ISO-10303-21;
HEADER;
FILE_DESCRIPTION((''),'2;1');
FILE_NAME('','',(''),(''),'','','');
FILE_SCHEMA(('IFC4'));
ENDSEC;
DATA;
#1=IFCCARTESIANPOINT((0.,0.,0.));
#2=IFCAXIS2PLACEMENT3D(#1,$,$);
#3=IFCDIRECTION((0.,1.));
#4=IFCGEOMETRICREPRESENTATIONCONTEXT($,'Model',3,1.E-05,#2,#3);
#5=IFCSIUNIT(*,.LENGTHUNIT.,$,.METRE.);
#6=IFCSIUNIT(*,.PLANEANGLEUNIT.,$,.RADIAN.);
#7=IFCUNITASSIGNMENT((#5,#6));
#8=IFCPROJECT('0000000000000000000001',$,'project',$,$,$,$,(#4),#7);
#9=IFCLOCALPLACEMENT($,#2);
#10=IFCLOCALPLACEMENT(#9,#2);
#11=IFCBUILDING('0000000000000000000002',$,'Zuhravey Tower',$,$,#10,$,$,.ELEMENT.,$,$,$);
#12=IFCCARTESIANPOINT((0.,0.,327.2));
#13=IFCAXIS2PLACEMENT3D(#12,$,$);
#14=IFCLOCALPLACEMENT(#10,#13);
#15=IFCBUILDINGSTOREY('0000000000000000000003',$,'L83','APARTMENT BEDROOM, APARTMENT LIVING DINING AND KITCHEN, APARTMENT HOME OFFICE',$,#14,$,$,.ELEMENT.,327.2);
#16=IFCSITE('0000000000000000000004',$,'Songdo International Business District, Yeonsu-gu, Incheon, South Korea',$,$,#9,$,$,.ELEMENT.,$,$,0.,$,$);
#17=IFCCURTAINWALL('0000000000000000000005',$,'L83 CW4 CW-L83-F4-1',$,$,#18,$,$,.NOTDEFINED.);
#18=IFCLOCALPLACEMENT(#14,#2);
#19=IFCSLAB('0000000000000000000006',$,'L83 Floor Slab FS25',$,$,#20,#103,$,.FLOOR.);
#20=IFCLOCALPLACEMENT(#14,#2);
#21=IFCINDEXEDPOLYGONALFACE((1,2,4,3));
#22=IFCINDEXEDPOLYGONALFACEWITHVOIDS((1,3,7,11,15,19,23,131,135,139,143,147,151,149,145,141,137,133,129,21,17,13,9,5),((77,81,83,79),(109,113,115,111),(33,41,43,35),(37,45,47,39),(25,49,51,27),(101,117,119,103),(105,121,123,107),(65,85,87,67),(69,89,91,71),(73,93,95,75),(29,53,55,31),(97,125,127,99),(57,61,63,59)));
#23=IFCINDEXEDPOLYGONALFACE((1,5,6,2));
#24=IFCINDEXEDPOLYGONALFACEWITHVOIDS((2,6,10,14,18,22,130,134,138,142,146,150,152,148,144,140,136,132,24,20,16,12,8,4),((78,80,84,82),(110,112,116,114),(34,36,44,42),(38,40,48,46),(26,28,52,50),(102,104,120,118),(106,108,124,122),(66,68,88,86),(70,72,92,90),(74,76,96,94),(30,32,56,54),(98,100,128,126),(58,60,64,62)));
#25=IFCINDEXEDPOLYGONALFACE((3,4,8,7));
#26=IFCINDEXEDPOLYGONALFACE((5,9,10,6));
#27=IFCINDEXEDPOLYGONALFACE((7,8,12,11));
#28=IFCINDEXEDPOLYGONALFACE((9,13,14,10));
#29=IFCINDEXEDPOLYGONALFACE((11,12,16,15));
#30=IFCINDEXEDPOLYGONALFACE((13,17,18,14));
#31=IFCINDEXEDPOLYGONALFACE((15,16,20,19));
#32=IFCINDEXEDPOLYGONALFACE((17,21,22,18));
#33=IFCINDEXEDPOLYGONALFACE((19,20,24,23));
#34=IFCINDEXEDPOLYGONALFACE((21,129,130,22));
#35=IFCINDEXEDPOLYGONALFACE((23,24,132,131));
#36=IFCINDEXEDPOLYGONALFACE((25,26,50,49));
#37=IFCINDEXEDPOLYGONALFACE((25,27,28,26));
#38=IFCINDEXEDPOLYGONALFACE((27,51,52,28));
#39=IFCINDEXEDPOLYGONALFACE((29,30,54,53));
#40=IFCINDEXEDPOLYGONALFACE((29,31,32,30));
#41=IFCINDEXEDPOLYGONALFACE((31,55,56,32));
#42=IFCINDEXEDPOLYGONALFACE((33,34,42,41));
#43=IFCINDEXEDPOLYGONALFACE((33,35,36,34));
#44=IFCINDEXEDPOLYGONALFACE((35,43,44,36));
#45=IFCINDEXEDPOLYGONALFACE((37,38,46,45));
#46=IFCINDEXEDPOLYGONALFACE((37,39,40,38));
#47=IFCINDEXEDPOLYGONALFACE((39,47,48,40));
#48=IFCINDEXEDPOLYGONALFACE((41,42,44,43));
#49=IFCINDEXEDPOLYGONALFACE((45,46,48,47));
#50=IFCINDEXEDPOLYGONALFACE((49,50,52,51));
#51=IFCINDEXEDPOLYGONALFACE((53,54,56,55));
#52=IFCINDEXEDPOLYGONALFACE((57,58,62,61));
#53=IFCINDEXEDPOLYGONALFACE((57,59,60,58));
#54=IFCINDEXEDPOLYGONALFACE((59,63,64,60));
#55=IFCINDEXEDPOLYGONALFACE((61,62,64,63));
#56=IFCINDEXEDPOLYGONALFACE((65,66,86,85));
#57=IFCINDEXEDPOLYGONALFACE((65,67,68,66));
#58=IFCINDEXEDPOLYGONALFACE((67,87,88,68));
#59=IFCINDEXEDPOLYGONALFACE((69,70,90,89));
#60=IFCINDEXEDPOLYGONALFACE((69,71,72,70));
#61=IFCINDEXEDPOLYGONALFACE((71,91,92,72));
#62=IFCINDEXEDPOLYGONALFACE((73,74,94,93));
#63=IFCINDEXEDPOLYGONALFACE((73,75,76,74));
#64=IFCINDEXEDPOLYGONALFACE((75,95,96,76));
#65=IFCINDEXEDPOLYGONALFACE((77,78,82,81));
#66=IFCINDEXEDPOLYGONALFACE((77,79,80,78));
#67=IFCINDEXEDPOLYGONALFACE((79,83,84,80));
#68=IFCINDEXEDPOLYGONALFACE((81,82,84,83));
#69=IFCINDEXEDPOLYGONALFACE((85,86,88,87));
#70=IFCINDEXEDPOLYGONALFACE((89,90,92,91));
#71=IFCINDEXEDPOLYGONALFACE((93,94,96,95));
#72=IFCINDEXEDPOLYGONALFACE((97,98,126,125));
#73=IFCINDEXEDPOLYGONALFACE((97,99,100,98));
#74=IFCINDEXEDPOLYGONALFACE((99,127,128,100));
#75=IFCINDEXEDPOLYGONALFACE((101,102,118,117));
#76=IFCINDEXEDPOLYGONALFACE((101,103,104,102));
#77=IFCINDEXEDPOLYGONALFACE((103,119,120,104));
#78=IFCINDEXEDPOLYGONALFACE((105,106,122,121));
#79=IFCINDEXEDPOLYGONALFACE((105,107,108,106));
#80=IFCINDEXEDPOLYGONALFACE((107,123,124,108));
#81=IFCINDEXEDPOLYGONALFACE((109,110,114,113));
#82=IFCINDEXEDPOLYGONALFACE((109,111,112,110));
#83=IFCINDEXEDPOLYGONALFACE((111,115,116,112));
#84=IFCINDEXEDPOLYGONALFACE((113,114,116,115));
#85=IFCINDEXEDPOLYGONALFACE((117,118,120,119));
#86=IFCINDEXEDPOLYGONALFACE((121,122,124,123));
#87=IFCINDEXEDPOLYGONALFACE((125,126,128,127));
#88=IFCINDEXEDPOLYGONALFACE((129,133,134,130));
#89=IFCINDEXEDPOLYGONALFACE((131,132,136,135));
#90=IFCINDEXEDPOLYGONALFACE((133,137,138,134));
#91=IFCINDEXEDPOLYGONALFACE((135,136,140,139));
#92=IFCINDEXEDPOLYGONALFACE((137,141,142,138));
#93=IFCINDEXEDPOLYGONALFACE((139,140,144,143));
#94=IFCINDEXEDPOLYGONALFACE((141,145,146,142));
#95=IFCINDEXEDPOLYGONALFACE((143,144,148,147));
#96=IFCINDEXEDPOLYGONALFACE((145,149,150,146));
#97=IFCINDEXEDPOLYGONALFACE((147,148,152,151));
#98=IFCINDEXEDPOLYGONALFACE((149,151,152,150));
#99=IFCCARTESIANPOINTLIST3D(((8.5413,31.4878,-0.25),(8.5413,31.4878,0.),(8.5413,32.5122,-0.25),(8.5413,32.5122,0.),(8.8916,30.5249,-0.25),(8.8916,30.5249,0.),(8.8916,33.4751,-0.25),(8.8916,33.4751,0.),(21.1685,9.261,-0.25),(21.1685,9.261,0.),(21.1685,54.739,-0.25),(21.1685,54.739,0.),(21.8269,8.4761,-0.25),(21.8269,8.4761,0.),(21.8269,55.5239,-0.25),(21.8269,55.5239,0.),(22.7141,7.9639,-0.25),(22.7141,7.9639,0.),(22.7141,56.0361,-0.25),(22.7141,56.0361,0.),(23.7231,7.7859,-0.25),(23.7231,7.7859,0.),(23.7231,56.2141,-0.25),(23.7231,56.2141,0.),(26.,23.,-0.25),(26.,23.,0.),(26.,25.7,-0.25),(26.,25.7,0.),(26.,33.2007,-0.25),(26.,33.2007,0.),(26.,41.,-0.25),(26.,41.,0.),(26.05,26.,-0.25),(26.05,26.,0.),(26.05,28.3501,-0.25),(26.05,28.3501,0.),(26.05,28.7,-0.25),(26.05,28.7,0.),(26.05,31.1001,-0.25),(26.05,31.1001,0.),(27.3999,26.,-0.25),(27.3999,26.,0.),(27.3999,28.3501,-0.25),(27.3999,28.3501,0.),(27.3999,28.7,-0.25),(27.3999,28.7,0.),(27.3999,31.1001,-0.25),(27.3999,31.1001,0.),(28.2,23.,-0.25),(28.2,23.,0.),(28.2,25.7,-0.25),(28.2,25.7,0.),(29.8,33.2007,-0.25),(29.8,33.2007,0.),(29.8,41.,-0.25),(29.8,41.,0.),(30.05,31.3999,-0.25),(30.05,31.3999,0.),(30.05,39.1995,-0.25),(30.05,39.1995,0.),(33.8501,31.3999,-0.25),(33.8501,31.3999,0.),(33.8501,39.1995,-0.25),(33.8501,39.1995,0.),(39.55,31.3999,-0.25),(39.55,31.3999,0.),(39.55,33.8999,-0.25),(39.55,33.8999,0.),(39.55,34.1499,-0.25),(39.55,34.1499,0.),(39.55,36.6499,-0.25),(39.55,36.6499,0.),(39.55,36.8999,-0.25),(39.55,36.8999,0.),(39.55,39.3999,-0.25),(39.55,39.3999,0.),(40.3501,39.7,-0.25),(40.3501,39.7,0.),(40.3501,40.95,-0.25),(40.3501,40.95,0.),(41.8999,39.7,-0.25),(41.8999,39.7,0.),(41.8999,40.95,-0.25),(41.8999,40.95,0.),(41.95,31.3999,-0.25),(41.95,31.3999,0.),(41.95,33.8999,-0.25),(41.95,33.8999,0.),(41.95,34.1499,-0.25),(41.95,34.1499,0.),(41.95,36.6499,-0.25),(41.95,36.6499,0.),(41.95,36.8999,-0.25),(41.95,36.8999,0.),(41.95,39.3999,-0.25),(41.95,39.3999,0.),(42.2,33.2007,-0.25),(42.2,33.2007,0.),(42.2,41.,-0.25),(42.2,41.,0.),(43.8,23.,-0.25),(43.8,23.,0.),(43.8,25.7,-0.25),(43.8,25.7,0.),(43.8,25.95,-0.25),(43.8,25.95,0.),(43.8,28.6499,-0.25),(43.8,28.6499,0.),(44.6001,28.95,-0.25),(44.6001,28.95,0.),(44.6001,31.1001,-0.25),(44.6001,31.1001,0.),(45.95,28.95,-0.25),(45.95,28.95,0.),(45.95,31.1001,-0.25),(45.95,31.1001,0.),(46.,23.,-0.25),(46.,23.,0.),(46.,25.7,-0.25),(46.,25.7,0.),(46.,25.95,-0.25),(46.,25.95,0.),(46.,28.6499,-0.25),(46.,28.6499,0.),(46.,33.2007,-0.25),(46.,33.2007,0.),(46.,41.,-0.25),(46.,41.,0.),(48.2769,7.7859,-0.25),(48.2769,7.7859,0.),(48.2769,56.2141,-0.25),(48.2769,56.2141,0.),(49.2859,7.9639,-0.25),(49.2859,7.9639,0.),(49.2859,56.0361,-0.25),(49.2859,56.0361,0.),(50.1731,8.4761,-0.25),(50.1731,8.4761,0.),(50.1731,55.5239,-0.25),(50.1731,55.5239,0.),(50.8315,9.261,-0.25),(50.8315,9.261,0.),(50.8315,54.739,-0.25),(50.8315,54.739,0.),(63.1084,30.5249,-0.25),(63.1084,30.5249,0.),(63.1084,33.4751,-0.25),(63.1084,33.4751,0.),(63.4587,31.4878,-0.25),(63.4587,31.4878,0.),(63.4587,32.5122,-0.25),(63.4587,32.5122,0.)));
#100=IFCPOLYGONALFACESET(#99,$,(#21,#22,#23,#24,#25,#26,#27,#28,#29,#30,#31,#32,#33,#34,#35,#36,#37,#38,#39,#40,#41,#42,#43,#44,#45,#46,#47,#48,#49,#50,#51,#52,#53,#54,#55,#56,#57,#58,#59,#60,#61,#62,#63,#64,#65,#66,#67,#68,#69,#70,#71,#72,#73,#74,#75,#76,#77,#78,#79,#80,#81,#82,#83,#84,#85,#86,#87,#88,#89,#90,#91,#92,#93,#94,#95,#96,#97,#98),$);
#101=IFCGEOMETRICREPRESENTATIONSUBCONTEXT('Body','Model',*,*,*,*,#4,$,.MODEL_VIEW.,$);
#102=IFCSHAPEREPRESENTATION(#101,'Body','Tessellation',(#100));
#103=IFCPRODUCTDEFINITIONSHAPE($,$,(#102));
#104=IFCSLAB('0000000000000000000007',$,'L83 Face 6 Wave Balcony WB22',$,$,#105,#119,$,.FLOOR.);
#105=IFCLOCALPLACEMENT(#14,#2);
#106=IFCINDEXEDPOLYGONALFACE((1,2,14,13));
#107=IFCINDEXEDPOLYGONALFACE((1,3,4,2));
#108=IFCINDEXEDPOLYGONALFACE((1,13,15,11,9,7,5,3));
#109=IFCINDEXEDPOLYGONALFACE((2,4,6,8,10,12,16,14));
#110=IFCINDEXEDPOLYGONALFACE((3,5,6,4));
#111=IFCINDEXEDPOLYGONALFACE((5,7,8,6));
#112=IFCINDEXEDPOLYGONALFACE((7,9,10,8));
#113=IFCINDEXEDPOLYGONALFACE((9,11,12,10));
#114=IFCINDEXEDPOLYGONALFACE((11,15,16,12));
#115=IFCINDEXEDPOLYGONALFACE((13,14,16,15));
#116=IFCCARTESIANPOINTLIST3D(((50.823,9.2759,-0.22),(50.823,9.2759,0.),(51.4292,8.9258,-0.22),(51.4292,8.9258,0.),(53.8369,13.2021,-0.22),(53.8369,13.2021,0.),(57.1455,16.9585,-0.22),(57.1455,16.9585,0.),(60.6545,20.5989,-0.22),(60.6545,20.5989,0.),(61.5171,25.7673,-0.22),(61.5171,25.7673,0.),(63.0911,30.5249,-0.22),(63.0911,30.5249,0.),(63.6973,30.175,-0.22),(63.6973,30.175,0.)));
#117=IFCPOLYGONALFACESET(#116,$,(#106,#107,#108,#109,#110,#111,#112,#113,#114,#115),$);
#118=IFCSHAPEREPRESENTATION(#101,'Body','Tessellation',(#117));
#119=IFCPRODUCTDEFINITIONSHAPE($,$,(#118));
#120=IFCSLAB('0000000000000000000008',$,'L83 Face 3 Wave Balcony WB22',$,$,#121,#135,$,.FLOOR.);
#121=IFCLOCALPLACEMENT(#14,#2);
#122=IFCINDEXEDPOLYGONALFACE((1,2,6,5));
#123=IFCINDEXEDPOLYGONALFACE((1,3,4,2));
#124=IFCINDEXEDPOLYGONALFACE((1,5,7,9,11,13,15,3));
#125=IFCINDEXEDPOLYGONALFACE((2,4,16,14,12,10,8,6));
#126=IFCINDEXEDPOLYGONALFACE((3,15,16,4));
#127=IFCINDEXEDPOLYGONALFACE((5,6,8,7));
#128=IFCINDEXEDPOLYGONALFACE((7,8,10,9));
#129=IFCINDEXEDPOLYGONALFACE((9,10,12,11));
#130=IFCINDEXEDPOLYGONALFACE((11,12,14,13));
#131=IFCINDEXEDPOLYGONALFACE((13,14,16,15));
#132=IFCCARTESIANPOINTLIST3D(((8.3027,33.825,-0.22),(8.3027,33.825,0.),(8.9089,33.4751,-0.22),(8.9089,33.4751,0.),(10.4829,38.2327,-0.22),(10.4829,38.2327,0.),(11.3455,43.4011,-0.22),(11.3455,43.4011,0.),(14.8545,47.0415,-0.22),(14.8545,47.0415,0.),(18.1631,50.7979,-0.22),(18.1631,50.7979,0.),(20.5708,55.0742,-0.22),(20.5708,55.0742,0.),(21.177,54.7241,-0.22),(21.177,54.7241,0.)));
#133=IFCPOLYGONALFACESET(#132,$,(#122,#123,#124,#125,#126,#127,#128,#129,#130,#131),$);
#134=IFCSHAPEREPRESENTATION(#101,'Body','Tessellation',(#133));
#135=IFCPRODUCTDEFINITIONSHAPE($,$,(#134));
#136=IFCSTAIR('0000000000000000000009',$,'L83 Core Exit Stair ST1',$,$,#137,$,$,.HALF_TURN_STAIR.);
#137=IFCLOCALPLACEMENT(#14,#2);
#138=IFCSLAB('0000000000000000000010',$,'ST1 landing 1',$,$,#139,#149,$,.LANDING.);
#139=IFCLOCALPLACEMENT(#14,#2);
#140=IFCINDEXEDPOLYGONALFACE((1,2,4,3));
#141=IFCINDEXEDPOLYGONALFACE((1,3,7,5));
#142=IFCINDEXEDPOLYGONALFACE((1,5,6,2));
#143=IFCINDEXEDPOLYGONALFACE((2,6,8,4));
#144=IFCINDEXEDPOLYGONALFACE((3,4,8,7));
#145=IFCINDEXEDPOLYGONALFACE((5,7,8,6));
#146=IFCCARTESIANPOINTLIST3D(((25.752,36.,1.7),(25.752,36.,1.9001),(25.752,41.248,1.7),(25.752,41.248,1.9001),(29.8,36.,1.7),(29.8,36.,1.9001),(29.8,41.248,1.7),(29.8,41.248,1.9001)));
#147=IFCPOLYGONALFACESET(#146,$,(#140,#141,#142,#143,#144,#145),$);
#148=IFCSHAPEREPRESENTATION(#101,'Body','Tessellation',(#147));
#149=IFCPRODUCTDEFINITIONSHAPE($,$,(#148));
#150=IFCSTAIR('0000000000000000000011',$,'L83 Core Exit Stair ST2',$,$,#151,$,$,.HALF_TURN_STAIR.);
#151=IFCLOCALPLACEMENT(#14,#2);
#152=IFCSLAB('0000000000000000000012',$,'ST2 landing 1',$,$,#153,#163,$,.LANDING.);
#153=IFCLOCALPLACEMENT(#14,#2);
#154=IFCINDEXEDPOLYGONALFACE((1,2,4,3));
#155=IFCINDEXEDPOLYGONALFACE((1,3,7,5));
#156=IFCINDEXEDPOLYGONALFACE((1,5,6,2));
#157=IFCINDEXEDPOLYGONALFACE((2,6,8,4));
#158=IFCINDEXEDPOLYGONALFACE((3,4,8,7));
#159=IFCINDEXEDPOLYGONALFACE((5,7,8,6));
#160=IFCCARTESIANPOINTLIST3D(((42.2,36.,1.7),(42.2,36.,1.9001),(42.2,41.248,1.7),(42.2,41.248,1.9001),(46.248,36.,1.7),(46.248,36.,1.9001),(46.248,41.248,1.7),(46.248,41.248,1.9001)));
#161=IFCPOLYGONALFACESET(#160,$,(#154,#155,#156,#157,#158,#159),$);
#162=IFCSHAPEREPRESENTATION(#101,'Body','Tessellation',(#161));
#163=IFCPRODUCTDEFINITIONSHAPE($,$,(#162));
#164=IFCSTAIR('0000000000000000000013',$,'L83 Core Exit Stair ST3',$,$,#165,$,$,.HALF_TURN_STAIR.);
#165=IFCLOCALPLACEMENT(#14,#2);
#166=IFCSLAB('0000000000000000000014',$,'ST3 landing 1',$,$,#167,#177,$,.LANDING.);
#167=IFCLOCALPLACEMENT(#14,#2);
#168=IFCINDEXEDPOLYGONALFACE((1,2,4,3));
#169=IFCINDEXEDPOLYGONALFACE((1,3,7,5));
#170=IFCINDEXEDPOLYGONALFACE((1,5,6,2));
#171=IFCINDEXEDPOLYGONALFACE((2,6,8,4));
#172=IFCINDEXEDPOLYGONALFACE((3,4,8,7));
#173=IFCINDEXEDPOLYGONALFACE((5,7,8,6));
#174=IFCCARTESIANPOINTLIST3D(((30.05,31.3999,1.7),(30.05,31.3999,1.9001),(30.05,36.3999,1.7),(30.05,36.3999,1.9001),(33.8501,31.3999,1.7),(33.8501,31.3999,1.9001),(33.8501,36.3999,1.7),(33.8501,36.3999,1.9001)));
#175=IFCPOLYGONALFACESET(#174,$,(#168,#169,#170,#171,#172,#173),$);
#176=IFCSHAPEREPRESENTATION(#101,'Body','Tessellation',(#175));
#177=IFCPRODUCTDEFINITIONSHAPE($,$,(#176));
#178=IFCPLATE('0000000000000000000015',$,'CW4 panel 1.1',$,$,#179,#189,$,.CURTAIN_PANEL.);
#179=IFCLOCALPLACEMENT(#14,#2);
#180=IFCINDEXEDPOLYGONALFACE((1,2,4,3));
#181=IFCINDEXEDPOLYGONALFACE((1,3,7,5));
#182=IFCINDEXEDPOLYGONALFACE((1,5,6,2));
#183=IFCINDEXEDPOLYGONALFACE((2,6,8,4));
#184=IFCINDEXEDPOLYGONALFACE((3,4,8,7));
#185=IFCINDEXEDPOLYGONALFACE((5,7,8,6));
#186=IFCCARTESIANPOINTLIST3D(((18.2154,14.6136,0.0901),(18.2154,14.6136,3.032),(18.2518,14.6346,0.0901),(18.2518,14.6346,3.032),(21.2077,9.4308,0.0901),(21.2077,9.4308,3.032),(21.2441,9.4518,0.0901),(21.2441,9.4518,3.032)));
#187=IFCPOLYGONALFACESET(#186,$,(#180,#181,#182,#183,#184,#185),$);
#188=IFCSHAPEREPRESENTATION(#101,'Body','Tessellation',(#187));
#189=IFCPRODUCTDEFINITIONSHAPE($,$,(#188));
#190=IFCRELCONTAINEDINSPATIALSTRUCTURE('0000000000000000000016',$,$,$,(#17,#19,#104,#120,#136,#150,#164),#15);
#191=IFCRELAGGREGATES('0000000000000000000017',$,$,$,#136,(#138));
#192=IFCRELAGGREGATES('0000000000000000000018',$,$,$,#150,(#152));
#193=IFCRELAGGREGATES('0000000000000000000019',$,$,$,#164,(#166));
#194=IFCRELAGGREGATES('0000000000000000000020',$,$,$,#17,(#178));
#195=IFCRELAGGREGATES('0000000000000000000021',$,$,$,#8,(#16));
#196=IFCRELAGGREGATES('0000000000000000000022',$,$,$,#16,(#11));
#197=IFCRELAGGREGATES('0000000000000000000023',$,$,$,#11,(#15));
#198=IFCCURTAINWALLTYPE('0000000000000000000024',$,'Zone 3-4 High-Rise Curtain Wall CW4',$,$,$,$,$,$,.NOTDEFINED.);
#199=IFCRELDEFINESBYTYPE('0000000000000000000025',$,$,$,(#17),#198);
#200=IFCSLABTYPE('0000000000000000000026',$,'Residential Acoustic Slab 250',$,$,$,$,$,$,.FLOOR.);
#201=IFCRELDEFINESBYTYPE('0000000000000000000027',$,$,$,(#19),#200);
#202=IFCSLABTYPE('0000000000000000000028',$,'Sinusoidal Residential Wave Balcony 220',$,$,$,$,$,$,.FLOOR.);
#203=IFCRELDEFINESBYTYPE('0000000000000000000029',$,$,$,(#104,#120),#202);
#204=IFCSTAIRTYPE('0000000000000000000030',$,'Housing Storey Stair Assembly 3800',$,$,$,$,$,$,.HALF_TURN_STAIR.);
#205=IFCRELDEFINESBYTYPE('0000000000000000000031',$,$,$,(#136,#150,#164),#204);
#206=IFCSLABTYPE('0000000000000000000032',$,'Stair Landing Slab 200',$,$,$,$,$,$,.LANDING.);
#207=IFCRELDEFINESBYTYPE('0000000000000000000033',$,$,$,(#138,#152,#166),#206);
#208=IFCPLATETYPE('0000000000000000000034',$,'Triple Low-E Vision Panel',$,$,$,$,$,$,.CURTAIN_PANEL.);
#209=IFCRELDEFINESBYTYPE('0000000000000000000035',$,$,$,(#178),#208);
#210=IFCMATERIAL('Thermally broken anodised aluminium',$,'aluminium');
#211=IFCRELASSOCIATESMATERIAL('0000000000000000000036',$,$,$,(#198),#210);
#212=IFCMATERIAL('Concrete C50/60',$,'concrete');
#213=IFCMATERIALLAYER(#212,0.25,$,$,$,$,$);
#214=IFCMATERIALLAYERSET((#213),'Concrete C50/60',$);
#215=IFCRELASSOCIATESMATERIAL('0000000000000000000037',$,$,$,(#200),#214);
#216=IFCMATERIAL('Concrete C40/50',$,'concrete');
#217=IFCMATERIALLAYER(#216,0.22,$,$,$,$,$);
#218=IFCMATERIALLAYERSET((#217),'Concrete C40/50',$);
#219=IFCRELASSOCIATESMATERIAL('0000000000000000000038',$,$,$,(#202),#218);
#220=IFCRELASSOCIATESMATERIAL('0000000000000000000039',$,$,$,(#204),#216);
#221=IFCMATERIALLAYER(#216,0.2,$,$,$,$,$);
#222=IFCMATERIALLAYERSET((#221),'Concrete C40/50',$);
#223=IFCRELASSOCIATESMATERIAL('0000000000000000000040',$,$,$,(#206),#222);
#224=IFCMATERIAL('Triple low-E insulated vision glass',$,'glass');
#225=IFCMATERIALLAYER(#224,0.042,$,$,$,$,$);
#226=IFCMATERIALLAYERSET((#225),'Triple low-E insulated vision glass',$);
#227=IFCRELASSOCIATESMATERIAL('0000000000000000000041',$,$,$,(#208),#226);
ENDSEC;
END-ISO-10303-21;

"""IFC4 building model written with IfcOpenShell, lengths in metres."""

from ifc_helpers import new_model, si_unit, direction, frame, origin, origin_2d, place, context, subcontext, project, spatial, polyline, rectangle, outline, extrude, material, layer, layer_set, type_object, element, aggregate, save


model = new_model("IFC4")

# Units and contexts
model_context = context("Model", 3, precision=1e-05, world=origin(), true_north=direction((0.0, 1.0)))
body_context = subcontext(model_context, "Body", "Model", "MODEL_VIEW")
ifc_project = project(units=[si_unit("LENGTHUNIT", "METRE"), si_unit("PLANEANGLEUNIT", "RADIAN")], contexts=[model_context])

# Site, building, storey
site_placement = place(None, origin())
site = spatial("IfcSite", under=ifc_project, at=site_placement, Name="Songdo International Business District, Yeonsu-gu, Incheon, South Korea", CompositionType="ELEMENT", RefElevation=0.0)
building_placement = place(site_placement, origin())
building = spatial("IfcBuilding", under=site, at=building_placement, Name="Zuhravey Tower", CompositionType="ELEMENT")
storey_placement = place(building_placement, frame((0.0, 0.0, 327.2)))
storey = spatial("IfcBuildingStorey", under=building, at=storey_placement, Name="L83", Description="APARTMENT BEDROOM, APARTMENT LIVING DINING AND KITCHEN, APARTMENT HOME OFFICE", CompositionType="ELEMENT", Elevation=327.2)

# Shared definitions
ifc_material_1 = material(Name="Concrete C50/60", Category="concrete")

# Curtain wall
ifc_material_2 = material(Name="Thermally broken anodised aluminium", Category="aluminium")
curtain_wall_type = type_object("IfcCurtainWallType", Name="Zone 3-4 High-Rise Curtain Wall CW4", PredefinedType="NOTDEFINED", material=ifc_material_2)
curtain_wall_placement = place(storey_placement, origin())
curtain_wall = element("IfcCurtainWall", 1, at=curtain_wall_placement, inside=storey, type_object=curtain_wall_type, Name="L83 CW4 CW-L83-F4-1", PredefinedType="NOTDEFINED")

# Slabs
ifc_layer_1 = layer(ifc_material_1, 0.25)
ifc_layer_set_1 = layer_set([ifc_layer_1], Name="Concrete C50/60")
slab_type_1 = type_object("IfcSlabType", Name="Residential Acoustic Slab 250", PredefinedType="FLOOR", material=ifc_layer_set_1)
slab_1_placement = place(storey_placement, frame((0.0, 0.0, -0.25)))
element("IfcSlab", 2, at=slab_1_placement, inside=storey, type_object=slab_type_1, Name="L83 Floor Slab FS25", PredefinedType="FLOOR", context=body_context, shape_type="SweptSolid", body=[
    extrude(outline(polyline([(63.1084, 30.5249), (63.4587, 31.4878), (63.4587, 32.5122), (63.1084, 33.4751), (50.8315, 54.739), (50.1731, 55.5239), (49.2859, 56.0361), (48.2769, 56.2141), (23.7231, 56.2141), (22.7141, 56.0361), (21.8269, 55.5239), (21.1685, 54.739), (8.8916, 33.4751), (8.5413, 32.5122), (8.5413, 31.4878), (8.8916, 30.5249), (21.1685, 9.261), (21.8269, 8.4761), (22.7141, 7.9639), (23.7231, 7.7859), (48.2769, 7.7859), (49.2859, 7.9639), (50.1731, 8.4761), (50.8315, 9.261), (63.1084, 30.5249)]), holes=[polyline([(29.8, 33.2007), (29.8, 41.0), (26.0, 41.0), (26.0, 33.2007), (29.8, 33.2007)]), polyline([(46.0, 33.2007), (46.0, 41.0), (42.2, 41.0), (42.2, 33.2007), (46.0, 33.2007)]), polyline([(30.05, 39.1995), (30.05, 31.3999), (33.8501, 31.3999), (33.8501, 39.1995), (30.05, 39.1995)]), polyline([(39.55, 31.3999), (41.95, 31.3999), (41.95, 33.8999), (39.55, 33.8999), (39.55, 31.3999)]), polyline([(39.55, 34.1499), (41.95, 34.1499), (41.95, 36.6499), (39.55, 36.6499), (39.55, 34.1499)]), polyline([(39.55, 36.8999), (41.95, 36.8999), (41.95, 39.3999), (39.55, 39.3999), (39.55, 36.8999)]), polyline([(26.0, 23.0), (28.2, 23.0), (28.2, 25.7), (26.0, 25.7), (26.0, 23.0)]), polyline([(43.8, 23.0), (46.0, 23.0), (46.0, 25.7), (43.8, 25.7), (43.8, 23.0)]), polyline([(43.8, 25.95), (46.0, 25.95), (46.0, 28.6499), (43.8, 28.6499), (43.8, 25.95)]), polyline([(26.05, 26.0), (27.3999, 26.0), (27.3999, 28.3501), (26.05, 28.3501), (26.05, 26.0)]), polyline([(26.05, 28.7), (27.3999, 28.7), (27.3999, 31.1001), (26.05, 31.1001), (26.05, 28.7)]), polyline([(44.6001, 28.95), (45.95, 28.95), (45.95, 31.1001), (44.6001, 31.1001), (44.6001, 28.95)]), polyline([(40.3501, 39.7), (41.8999, 39.7), (41.8999, 40.95), (40.3501, 40.95), (40.3501, 39.7)])]), origin(), (0.0, 0.0, 1.0), 0.25),
])
ifc_material_3 = material(Name="Concrete C40/50", Category="concrete")
ifc_layer_2 = layer(ifc_material_3, 0.22)
ifc_layer_set_2 = layer_set([ifc_layer_2], Name="Concrete C40/50")
slab_type_2 = type_object("IfcSlabType", Name="Sinusoidal Residential Wave Balcony 220", PredefinedType="FLOOR", material=ifc_layer_set_2)
slab_2_placement = place(storey_placement, frame((0.0, 0.0, -0.22)))
element("IfcSlab", 3, at=slab_2_placement, inside=storey, type_object=slab_type_2, Name="L83 Face 6 Wave Balcony WB22", PredefinedType="FLOOR", context=body_context, shape_type="SweptSolid", body=[
    extrude(outline(polyline([(50.823, 9.2759), (63.0911, 30.5249), (63.6973, 30.175), (61.5171, 25.7673), (60.6545, 20.5989), (57.1455, 16.9585), (53.8369, 13.2021), (51.4292, 8.9258), (50.823, 9.2759)])), origin(), (0.0, 0.0, 1.0), 0.22),
])
slab_3_placement = place(storey_placement, frame((0.0, 0.0, -0.22)))
element("IfcSlab", 4, at=slab_3_placement, inside=storey, type_object=slab_type_2, Name="L83 Face 3 Wave Balcony WB22", PredefinedType="FLOOR", context=body_context, shape_type="SweptSolid", body=[
    extrude(outline(polyline([(21.177, 54.7241), (8.9089, 33.4751), (8.3027, 33.825), (10.4829, 38.2327), (11.3455, 43.4011), (14.8545, 47.0415), (18.1631, 50.7979), (20.5708, 55.0742), (21.177, 54.7241)])), origin(), (0.0, 0.0, 1.0), 0.22),
])

# Stairs, slabs
stair_type = type_object("IfcStairType", Name="Housing Storey Stair Assembly 3800", PredefinedType="HALF_TURN_STAIR", material=ifc_material_3)
stair_1_placement = place(storey_placement, origin())
stair_1 = element("IfcStair", 5, at=stair_1_placement, inside=storey, type_object=stair_type, Name="L83 Core Exit Stair ST1", PredefinedType="HALF_TURN_STAIR")
ifc_layer_3 = layer(ifc_material_3, 0.2)
ifc_layer_set_3 = layer_set([ifc_layer_3], Name="Concrete C40/50")
slab_type_3 = type_object("IfcSlabType", Name="Stair Landing Slab 200", PredefinedType="LANDING", material=ifc_layer_set_3)
slab_4_placement = place(storey_placement, frame((0.0, 0.0, 1.7)))
slab_4 = element("IfcSlab", 6, at=slab_4_placement, type_object=slab_type_3, Name="ST1 landing 1", PredefinedType="LANDING", context=body_context, shape_type="SweptSolid", body=[
    extrude(outline(polyline([(29.8, 36.0), (29.8, 41.248), (25.752, 41.248), (25.752, 36.0), (29.8, 36.0)])), origin(), (0.0, 0.0, 1.0), 0.2002),
])
aggregate(stair_1, [slab_4])
stair_2_placement = place(storey_placement, origin())
stair_2 = element("IfcStair", 7, at=stair_2_placement, inside=storey, type_object=stair_type, Name="L83 Core Exit Stair ST2", PredefinedType="HALF_TURN_STAIR")
slab_5_placement = place(storey_placement, frame((0.0, 0.0, 1.7)))
slab_5 = element("IfcSlab", 8, at=slab_5_placement, type_object=slab_type_3, Name="ST2 landing 1", PredefinedType="LANDING", context=body_context, shape_type="SweptSolid", body=[
    extrude(outline(polyline([(46.248, 36.0), (46.248, 41.248), (42.2, 41.248), (42.2, 36.0), (46.248, 36.0)])), origin(), (0.0, 0.0, 1.0), 0.2002),
])
aggregate(stair_2, [slab_5])
stair_3_placement = place(storey_placement, origin())
stair_3 = element("IfcStair", 9, at=stair_3_placement, inside=storey, type_object=stair_type, Name="L83 Core Exit Stair ST3", PredefinedType="HALF_TURN_STAIR")
slab_6_placement = place(storey_placement, frame((0.0, 0.0, 1.7)))
slab_6 = element("IfcSlab", 10, at=slab_6_placement, type_object=slab_type_3, Name="ST3 landing 1", PredefinedType="LANDING", context=body_context, shape_type="SweptSolid", body=[
    extrude(outline(polyline([(30.05, 36.3999), (30.05, 31.3999), (33.8501, 31.3999), (33.8501, 36.3999), (30.05, 36.3999)])), origin(), (0.0, 0.0, 1.0), 0.2002),
])
aggregate(stair_3, [slab_6])

# Plate
ifc_material_4 = material(Name="Triple low-E insulated vision glass", Category="glass")
ifc_layer_4 = layer(ifc_material_4, 0.042)
ifc_layer_set_4 = layer_set([ifc_layer_4], Name="Triple low-E insulated vision glass")
plate_type = type_object("IfcPlateType", Name="Triple Low-E Vision Panel", PredefinedType="CURTAIN_PANEL", material=ifc_layer_set_4)
plate_1_placement = place(storey_placement, frame((19.7297, 12.0327, 0.0901), z_axis=(0.0, 0.0, 1.0), x_axis=(-0.5, 0.866026, 0.0)))
plate_1 = element("IfcPlate", 11, at=plate_1_placement, type_object=plate_type, Name="CW4 panel 1.1", PredefinedType="CURTAIN_PANEL", context=body_context, shape_type="SweptSolid", body=[
    extrude(rectangle(XDim=5.9846, YDim=0.042, at=origin_2d()), origin(), (0.0, 0.0, 1.0), 2.9419),
])
aggregate(curtain_wall, [plate_1])

save(model, "model.ifc")
